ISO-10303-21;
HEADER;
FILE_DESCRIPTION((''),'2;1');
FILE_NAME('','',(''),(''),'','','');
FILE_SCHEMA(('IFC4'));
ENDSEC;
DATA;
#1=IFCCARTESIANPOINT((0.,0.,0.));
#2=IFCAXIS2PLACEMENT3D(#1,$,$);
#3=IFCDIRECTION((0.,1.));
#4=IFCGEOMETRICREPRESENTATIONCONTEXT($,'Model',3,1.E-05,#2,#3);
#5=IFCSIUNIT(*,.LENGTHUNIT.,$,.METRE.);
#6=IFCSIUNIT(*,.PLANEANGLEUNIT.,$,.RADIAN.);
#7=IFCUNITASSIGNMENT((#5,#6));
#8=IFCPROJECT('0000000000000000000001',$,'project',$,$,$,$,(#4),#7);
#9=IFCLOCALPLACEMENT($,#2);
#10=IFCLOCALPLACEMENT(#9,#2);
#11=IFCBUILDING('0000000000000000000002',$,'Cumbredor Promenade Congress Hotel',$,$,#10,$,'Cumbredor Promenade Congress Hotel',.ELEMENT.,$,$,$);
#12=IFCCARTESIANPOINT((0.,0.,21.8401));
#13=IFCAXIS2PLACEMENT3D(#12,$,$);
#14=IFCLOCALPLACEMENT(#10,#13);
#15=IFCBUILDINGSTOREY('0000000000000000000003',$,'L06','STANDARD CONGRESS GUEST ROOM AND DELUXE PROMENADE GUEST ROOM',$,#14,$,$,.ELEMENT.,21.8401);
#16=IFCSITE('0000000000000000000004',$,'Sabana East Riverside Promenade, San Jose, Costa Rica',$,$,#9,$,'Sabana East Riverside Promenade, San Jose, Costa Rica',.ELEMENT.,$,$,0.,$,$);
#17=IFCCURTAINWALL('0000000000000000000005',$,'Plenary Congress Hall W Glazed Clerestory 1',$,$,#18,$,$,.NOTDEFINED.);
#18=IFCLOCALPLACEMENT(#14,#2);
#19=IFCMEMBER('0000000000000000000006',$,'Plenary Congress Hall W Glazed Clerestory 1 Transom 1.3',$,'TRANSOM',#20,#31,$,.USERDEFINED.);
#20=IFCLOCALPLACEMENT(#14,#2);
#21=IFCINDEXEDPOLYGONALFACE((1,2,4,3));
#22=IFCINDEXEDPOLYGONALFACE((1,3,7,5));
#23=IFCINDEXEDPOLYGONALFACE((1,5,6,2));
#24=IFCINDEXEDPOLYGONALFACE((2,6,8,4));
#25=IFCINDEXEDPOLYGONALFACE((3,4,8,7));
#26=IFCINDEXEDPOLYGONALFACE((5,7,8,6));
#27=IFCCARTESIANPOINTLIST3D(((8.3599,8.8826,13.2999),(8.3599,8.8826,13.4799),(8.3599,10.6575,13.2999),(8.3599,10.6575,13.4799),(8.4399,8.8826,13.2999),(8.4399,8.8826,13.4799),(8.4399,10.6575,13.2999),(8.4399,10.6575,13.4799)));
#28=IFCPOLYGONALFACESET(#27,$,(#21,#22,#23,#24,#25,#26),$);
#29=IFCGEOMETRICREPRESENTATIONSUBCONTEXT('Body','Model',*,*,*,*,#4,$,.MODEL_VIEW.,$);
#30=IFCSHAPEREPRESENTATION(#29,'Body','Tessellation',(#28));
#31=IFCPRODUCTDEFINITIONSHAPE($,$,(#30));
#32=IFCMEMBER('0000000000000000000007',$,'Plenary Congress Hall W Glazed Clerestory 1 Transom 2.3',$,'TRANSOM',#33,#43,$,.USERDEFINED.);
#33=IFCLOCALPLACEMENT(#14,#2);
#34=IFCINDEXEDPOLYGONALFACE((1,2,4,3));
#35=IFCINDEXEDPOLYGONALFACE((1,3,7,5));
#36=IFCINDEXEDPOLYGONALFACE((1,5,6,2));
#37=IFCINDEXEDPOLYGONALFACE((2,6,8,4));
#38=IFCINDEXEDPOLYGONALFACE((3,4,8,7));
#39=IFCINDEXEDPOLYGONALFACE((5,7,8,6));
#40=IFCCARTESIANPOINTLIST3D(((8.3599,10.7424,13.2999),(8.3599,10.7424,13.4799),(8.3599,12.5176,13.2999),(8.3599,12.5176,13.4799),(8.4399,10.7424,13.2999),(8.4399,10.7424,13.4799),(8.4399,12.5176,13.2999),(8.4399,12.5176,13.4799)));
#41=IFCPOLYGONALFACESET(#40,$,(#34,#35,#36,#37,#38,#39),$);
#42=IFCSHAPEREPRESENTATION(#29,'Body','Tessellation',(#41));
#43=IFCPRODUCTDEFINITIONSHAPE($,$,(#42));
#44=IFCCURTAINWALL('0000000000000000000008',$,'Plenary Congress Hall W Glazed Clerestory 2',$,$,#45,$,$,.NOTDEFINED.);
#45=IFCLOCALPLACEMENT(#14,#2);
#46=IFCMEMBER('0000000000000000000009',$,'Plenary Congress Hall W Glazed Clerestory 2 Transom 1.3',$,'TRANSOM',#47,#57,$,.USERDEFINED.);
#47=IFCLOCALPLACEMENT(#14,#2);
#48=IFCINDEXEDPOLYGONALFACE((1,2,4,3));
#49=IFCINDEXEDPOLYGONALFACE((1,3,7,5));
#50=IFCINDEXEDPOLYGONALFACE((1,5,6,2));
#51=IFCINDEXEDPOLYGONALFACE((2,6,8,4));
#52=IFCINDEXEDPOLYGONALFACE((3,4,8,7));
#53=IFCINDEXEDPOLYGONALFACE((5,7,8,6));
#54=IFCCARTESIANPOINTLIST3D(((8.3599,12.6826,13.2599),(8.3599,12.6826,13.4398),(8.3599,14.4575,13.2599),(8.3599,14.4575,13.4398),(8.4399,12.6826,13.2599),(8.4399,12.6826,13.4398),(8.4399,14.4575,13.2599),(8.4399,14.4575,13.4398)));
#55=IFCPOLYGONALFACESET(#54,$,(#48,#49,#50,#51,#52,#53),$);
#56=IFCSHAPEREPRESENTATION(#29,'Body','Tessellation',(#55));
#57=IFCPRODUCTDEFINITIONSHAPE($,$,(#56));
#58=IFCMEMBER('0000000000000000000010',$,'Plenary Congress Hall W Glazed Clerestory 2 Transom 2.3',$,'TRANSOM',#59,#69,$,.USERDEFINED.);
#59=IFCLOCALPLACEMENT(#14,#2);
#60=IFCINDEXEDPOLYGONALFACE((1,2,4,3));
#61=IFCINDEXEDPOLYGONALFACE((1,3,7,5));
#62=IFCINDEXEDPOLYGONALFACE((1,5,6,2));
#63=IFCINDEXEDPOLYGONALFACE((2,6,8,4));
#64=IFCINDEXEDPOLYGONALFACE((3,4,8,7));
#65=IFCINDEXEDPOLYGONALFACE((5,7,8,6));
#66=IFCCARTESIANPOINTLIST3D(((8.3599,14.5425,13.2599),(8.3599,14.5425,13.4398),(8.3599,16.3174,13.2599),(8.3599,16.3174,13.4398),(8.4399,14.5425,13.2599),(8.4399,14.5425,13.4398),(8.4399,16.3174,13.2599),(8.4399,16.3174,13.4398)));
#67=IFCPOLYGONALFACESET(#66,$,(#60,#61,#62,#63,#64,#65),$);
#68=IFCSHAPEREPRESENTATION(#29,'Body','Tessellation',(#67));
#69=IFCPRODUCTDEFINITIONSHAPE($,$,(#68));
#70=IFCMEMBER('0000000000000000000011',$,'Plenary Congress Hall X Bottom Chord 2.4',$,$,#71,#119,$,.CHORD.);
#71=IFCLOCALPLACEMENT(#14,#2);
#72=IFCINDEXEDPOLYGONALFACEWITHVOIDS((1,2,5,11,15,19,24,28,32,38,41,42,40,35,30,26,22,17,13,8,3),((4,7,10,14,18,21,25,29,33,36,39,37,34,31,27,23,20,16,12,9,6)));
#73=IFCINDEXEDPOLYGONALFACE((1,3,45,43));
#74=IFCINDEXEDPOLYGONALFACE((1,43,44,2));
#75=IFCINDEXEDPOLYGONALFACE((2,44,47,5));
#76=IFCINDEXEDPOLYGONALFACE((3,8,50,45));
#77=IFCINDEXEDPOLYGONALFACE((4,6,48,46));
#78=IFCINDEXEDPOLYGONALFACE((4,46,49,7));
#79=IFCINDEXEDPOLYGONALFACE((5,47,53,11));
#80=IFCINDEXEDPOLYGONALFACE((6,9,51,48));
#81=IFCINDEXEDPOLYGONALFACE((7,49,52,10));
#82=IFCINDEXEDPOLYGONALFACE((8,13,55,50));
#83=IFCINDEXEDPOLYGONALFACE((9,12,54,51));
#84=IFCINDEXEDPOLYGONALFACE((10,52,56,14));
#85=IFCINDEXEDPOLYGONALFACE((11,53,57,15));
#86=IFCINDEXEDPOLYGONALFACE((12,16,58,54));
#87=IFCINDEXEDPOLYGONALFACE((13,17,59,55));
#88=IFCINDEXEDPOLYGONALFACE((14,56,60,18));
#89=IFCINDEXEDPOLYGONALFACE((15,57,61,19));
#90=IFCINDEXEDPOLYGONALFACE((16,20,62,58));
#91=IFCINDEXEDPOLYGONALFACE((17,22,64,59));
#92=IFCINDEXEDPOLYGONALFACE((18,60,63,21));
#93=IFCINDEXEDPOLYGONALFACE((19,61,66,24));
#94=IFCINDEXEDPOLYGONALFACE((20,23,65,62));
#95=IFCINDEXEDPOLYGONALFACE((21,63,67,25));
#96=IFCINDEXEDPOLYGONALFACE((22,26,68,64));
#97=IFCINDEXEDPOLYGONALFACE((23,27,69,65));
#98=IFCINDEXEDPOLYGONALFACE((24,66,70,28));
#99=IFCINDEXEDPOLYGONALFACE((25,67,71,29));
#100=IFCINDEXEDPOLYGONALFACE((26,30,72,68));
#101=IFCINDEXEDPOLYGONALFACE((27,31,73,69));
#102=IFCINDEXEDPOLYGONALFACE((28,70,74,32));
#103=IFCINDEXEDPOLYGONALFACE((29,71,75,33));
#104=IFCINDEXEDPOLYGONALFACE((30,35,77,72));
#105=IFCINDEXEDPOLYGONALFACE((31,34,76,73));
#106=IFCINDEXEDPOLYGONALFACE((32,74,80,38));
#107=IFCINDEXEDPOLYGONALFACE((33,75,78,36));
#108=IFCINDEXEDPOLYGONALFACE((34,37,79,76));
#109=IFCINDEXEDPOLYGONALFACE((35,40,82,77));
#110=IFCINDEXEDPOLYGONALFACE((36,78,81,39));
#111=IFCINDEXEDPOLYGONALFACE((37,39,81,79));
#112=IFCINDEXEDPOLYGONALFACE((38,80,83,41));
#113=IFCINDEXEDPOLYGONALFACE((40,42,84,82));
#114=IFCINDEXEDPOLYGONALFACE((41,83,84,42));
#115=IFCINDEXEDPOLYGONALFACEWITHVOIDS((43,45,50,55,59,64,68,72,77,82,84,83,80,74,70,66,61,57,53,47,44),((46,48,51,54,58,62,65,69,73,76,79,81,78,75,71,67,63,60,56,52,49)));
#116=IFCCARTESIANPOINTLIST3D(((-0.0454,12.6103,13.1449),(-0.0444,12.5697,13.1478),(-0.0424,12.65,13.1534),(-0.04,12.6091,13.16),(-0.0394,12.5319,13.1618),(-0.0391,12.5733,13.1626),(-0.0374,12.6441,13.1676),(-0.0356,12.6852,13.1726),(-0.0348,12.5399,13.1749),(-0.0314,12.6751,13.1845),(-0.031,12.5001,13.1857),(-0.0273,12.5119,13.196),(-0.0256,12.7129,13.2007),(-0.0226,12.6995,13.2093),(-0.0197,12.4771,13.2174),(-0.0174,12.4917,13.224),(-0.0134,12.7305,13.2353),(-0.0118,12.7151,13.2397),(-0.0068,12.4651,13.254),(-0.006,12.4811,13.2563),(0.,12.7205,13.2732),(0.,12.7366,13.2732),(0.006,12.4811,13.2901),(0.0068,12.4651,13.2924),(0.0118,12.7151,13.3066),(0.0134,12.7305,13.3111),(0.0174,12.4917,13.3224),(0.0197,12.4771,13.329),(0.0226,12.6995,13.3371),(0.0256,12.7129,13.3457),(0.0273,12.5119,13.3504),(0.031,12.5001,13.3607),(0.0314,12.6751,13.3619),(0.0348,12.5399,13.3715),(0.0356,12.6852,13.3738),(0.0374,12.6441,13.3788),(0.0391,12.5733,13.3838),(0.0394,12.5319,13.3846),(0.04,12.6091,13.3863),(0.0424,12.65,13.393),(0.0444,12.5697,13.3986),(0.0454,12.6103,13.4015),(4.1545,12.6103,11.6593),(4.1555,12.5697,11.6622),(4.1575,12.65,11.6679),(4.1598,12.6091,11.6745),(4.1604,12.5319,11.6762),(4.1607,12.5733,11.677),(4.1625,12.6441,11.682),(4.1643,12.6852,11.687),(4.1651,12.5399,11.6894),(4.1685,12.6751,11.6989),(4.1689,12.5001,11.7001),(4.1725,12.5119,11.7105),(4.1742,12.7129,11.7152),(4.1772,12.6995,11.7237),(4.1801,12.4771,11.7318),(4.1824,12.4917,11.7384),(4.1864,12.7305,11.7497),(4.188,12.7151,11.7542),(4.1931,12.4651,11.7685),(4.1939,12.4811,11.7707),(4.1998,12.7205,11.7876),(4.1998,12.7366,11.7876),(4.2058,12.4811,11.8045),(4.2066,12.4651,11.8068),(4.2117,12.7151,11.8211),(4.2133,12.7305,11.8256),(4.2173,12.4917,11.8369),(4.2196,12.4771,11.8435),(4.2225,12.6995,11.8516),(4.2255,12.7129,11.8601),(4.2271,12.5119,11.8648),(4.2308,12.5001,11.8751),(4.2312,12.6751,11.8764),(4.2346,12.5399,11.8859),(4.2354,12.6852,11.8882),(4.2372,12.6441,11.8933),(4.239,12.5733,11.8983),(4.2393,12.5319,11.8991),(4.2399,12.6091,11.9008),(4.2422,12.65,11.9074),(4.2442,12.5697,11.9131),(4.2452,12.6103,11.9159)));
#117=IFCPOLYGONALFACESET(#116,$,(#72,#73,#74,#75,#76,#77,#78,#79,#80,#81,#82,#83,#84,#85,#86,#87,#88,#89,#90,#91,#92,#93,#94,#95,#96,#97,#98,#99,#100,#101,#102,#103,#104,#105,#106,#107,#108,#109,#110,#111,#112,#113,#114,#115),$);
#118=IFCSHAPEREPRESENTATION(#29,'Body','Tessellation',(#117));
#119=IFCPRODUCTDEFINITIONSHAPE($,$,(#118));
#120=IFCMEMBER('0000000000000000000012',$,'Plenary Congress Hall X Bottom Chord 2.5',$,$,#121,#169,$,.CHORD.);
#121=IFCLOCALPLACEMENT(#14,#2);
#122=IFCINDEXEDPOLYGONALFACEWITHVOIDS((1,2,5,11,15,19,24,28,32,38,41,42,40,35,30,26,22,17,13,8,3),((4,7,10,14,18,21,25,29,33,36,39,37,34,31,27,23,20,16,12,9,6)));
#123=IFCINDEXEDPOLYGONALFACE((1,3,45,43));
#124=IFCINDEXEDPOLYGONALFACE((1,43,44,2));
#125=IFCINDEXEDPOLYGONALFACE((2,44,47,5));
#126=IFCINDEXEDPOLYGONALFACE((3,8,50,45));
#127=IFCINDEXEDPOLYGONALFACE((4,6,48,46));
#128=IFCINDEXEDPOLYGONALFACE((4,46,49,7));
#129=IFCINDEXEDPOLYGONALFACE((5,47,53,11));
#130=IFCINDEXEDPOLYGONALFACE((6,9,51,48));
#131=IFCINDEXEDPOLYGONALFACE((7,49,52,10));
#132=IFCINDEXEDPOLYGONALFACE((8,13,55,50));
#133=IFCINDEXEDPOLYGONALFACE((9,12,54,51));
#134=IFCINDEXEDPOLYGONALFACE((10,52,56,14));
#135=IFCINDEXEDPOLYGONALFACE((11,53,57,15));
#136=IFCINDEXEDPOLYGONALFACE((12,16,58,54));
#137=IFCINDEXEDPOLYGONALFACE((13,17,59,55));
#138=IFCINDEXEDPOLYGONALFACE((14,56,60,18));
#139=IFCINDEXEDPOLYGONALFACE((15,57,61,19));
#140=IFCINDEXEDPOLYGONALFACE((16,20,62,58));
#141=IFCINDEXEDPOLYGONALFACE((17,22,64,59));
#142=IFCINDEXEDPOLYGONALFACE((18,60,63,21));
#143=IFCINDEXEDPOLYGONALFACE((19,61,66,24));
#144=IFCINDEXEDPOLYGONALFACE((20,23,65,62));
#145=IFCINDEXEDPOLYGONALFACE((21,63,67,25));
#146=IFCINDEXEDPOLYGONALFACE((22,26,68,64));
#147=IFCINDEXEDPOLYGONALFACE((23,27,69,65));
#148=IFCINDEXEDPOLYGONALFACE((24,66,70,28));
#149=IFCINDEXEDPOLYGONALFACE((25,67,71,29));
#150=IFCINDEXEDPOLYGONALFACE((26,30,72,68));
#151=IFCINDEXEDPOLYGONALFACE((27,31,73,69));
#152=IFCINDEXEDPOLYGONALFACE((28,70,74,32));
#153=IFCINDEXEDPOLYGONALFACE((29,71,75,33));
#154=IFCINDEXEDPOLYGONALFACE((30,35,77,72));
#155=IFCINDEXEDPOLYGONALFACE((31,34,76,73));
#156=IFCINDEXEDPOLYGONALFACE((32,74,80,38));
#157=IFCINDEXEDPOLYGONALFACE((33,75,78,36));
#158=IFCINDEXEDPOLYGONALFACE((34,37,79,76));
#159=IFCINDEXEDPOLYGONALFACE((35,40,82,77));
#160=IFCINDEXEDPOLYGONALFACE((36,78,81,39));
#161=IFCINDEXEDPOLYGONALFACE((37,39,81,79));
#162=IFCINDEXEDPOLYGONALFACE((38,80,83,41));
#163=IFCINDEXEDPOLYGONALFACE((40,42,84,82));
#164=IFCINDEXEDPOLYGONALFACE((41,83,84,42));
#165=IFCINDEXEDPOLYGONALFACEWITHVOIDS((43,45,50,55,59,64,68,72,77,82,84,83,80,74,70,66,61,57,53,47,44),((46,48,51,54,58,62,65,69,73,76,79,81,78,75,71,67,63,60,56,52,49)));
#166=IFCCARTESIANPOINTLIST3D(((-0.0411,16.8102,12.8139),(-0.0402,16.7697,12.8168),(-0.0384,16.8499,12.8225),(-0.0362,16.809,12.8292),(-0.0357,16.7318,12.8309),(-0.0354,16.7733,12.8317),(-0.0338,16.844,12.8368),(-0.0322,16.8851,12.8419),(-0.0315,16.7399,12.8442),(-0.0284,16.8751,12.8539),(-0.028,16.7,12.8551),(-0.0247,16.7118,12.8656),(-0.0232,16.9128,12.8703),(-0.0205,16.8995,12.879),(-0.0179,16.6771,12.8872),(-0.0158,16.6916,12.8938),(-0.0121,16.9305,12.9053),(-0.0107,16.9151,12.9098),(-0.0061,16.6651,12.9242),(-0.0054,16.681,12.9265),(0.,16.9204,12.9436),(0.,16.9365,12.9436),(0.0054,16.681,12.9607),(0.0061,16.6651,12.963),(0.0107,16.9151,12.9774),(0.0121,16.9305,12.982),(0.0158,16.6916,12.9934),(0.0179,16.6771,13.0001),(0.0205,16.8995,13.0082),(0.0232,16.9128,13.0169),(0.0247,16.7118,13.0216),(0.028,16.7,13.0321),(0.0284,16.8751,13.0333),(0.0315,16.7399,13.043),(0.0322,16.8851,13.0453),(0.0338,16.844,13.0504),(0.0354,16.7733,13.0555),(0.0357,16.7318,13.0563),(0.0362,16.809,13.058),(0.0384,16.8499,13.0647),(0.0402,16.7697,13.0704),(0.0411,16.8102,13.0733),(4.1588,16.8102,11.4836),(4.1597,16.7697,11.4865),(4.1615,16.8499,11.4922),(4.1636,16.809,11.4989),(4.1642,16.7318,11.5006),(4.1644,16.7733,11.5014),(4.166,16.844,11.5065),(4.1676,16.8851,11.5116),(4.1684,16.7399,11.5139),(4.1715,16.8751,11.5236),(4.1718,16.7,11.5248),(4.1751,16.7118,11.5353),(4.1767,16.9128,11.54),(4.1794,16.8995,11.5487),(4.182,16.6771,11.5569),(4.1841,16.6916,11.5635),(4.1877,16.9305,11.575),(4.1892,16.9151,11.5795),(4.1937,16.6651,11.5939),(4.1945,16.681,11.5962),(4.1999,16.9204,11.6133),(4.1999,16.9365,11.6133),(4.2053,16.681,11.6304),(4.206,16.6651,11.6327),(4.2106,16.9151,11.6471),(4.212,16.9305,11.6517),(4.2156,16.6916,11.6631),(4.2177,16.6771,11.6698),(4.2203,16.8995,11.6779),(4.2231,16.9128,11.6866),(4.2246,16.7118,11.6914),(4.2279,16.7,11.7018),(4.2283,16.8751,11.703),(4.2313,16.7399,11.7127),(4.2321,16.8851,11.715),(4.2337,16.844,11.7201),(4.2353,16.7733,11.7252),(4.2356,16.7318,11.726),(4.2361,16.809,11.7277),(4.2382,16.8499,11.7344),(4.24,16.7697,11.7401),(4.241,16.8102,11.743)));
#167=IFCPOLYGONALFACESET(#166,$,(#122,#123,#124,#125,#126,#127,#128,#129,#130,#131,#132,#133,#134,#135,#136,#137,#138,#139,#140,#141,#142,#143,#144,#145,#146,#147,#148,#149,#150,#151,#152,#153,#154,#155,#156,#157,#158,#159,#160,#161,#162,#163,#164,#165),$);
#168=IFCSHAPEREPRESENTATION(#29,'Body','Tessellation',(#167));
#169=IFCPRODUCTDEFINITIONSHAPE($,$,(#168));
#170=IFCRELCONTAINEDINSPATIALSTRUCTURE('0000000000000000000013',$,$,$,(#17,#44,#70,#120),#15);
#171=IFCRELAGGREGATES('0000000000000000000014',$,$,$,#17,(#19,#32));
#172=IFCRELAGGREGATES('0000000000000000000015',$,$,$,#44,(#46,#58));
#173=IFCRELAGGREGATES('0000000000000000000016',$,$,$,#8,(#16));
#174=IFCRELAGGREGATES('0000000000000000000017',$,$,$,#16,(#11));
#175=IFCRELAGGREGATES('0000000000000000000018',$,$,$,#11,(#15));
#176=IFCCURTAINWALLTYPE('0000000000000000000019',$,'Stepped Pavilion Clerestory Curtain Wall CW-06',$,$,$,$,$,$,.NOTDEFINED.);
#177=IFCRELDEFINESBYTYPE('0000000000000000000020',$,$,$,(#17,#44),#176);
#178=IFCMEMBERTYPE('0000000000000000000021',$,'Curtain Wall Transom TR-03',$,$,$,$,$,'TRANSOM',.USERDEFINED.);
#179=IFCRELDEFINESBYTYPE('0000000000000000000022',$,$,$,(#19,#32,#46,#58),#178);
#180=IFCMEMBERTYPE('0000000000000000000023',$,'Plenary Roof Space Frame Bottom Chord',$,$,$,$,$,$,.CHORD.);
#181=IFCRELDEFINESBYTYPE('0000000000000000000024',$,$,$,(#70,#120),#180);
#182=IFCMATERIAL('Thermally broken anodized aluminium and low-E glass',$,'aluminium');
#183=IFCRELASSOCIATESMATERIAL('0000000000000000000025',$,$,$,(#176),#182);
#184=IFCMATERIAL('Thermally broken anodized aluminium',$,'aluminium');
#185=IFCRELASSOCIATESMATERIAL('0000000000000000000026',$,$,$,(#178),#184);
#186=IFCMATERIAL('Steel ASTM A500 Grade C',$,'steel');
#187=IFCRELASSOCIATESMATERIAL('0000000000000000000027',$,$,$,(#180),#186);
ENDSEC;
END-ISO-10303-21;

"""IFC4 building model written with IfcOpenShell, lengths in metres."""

from ifc_helpers import new_model, si_unit, direction, frame, origin, origin_2d, place, context, subcontext, project, spatial, rectangle, hollow_circle, extrude, material, material_profile, profile_set, type_object, element, aggregate, save


model = new_model("IFC4")

# Units and contexts
model_context = context("Model", 3, precision=1e-05, world=origin(), true_north=direction((0.0, 1.0)))
body_context = subcontext(model_context, "Body", "Model", "MODEL_VIEW")
ifc_project = project(units=[si_unit("LENGTHUNIT", "METRE"), si_unit("PLANEANGLEUNIT", "RADIAN")], contexts=[model_context])

# Site, building, storey
site_placement = place(None, origin())
site = spatial("IfcSite", under=ifc_project, at=site_placement, Name="Sabana East Riverside Promenade, San Jose, Costa Rica", LongName="Sabana East Riverside Promenade, San Jose, Costa Rica", CompositionType="ELEMENT", RefElevation=0.0)
building_placement = place(site_placement, origin())
building = spatial("IfcBuilding", under=site, at=building_placement, Name="Cumbredor Promenade Congress Hotel", LongName="Cumbredor Promenade Congress Hotel", CompositionType="ELEMENT")
storey_placement = place(building_placement, frame((0.0, 0.0, 21.8401)))
storey = spatial("IfcBuildingStorey", under=building, at=storey_placement, Name="L06", Description="STANDARD CONGRESS GUEST ROOM AND DELUXE PROMENADE GUEST ROOM", CompositionType="ELEMENT", Elevation=21.8401)

# Curtain walls, members
ifc_material_1 = material(Name="Thermally broken anodized aluminium and low-E glass", Category="aluminium")
curtain_wall_type = type_object("IfcCurtainWallType", Name="Stepped Pavilion Clerestory Curtain Wall CW-06", PredefinedType="NOTDEFINED", material=ifc_material_1)
curtain_wall_1_placement = place(storey_placement, origin())
curtain_wall_1 = element("IfcCurtainWall", 1, at=curtain_wall_1_placement, inside=storey, type_object=curtain_wall_type, Name="Plenary Congress Hall W Glazed Clerestory 1", PredefinedType="NOTDEFINED")
ifc_material_2 = material(Name="Thermally broken anodized aluminium", Category="aluminium")
ifc_material_profile_1 = material_profile(ifc_material_2, rectangle(XDim=0.0801, YDim=0.1799, at=origin_2d()), Name="ALU TRANSOM 80x180")
ifc_profile_set_1 = profile_set([ifc_material_profile_1], Name="Thermally broken anodized aluminium")
member_type_1 = type_object("IfcMemberType", Name="Curtain Wall Transom TR-03", ElementType="TRANSOM", PredefinedType="USERDEFINED", material=ifc_profile_set_1)
member_1_placement = place(storey_placement, frame((8.3999, 8.8826, 13.3899), z_axis=(0.0, 1.0, 0.0), x_axis=(-1.0, 0.0, 0.0)))
member_1 = element("IfcMember", 2, at=member_1_placement, type_object=member_type_1, Name="Plenary Congress Hall W Glazed Clerestory 1 Transom 1.3", ObjectType="TRANSOM", PredefinedType="USERDEFINED", context=body_context, shape_type="SweptSolid", body=[
    extrude(rectangle(XDim=0.0801, YDim=0.1799, at=origin_2d()), origin(), (0.0, 0.0, 1.0), 1.7749),
])
member_2_placement = place(storey_placement, frame((8.3999, 10.7424, 13.3899), z_axis=(0.0, 1.0, 0.0), x_axis=(-1.0, 0.0, 0.0)))
member_2 = element("IfcMember", 3, at=member_2_placement, type_object=member_type_1, Name="Plenary Congress Hall W Glazed Clerestory 1 Transom 2.3", ObjectType="TRANSOM", PredefinedType="USERDEFINED", context=body_context, shape_type="SweptSolid", body=[
    extrude(rectangle(XDim=0.0801, YDim=0.1799, at=origin_2d()), origin(), (0.0, 0.0, 1.0), 1.7751),
])
aggregate(curtain_wall_1, [member_1, member_2])
curtain_wall_2_placement = place(storey_placement, origin())
curtain_wall_2 = element("IfcCurtainWall", 4, at=curtain_wall_2_placement, inside=storey, type_object=curtain_wall_type, Name="Plenary Congress Hall W Glazed Clerestory 2", PredefinedType="NOTDEFINED")
member_3_placement = place(storey_placement, frame((8.3999, 12.6826, 13.3499), z_axis=(0.0, 1.0, 0.0), x_axis=(-1.0, 0.0, 0.0)))
member_3 = element("IfcMember", 5, at=member_3_placement, type_object=member_type_1, Name="Plenary Congress Hall W Glazed Clerestory 2 Transom 1.3", ObjectType="TRANSOM", PredefinedType="USERDEFINED", context=body_context, shape_type="SweptSolid", body=[
    extrude(rectangle(XDim=0.0801, YDim=0.1799, at=origin_2d()), origin(), (0.0, 0.0, 1.0), 1.7749),
])
member_4_placement = place(storey_placement, frame((8.3999, 14.5425, 13.3499), z_axis=(0.0, 1.0, 0.0), x_axis=(-1.0, 0.0, 0.0)))
member_4 = element("IfcMember", 6, at=member_4_placement, type_object=member_type_1, Name="Plenary Congress Hall W Glazed Clerestory 2 Transom 2.3", ObjectType="TRANSOM", PredefinedType="USERDEFINED", context=body_context, shape_type="SweptSolid", body=[
    extrude(rectangle(XDim=0.0801, YDim=0.1799, at=origin_2d()), origin(), (0.0, 0.0, 1.0), 1.7749),
])
aggregate(curtain_wall_2, [member_3, member_4])

# Members
ifc_material_3 = material(Name="Steel ASTM A500 Grade C", Category="steel")
ifc_material_profile_2 = material_profile(ifc_material_3, hollow_circle(Radius=0.1365, WallThickness=0.0161, at=origin_2d()), Name="CHS 273.0x16")
ifc_profile_set_2 = profile_set([ifc_material_profile_2], Name="Steel ASTM A500 Grade C")
member_type_2 = type_object("IfcMemberType", Name="Plenary Roof Space Frame Bottom Chord", PredefinedType="CHORD", material=ifc_profile_set_2)
member_5_placement = place(storey_placement, frame((0.0, 12.6001, 13.2732), z_axis=(0.94276, 0.0, -0.333471), x_axis=(0.0, 1.0, 0.0)))
element("IfcMember", 7, at=member_5_placement, inside=storey, type_object=member_type_2, Name="Plenary Congress Hall X Bottom Chord 2.4", PredefinedType="CHORD", context=body_context, shape_type="SweptSolid", body=[
    extrude(hollow_circle(Radius=0.1365, WallThickness=0.0161, at=origin_2d()), origin(), (0.0, 0.0, 1.0), 4.4548),
])
member_6_placement = place(storey_placement, frame((0.0, 16.8, 12.9436), z_axis=(0.95332, 0.0, -0.301961), x_axis=(0.0, 1.0, 0.0)))
element("IfcMember", 8, at=member_6_placement, inside=storey, type_object=member_type_2, Name="Plenary Congress Hall X Bottom Chord 2.5", PredefinedType="CHORD", context=body_context, shape_type="SweptSolid", body=[
    extrude(hollow_circle(Radius=0.1365, WallThickness=0.0161, at=origin_2d()), origin(), (0.0, 0.0, 1.0), 4.4055),
])

save(model, "model.ifc")
